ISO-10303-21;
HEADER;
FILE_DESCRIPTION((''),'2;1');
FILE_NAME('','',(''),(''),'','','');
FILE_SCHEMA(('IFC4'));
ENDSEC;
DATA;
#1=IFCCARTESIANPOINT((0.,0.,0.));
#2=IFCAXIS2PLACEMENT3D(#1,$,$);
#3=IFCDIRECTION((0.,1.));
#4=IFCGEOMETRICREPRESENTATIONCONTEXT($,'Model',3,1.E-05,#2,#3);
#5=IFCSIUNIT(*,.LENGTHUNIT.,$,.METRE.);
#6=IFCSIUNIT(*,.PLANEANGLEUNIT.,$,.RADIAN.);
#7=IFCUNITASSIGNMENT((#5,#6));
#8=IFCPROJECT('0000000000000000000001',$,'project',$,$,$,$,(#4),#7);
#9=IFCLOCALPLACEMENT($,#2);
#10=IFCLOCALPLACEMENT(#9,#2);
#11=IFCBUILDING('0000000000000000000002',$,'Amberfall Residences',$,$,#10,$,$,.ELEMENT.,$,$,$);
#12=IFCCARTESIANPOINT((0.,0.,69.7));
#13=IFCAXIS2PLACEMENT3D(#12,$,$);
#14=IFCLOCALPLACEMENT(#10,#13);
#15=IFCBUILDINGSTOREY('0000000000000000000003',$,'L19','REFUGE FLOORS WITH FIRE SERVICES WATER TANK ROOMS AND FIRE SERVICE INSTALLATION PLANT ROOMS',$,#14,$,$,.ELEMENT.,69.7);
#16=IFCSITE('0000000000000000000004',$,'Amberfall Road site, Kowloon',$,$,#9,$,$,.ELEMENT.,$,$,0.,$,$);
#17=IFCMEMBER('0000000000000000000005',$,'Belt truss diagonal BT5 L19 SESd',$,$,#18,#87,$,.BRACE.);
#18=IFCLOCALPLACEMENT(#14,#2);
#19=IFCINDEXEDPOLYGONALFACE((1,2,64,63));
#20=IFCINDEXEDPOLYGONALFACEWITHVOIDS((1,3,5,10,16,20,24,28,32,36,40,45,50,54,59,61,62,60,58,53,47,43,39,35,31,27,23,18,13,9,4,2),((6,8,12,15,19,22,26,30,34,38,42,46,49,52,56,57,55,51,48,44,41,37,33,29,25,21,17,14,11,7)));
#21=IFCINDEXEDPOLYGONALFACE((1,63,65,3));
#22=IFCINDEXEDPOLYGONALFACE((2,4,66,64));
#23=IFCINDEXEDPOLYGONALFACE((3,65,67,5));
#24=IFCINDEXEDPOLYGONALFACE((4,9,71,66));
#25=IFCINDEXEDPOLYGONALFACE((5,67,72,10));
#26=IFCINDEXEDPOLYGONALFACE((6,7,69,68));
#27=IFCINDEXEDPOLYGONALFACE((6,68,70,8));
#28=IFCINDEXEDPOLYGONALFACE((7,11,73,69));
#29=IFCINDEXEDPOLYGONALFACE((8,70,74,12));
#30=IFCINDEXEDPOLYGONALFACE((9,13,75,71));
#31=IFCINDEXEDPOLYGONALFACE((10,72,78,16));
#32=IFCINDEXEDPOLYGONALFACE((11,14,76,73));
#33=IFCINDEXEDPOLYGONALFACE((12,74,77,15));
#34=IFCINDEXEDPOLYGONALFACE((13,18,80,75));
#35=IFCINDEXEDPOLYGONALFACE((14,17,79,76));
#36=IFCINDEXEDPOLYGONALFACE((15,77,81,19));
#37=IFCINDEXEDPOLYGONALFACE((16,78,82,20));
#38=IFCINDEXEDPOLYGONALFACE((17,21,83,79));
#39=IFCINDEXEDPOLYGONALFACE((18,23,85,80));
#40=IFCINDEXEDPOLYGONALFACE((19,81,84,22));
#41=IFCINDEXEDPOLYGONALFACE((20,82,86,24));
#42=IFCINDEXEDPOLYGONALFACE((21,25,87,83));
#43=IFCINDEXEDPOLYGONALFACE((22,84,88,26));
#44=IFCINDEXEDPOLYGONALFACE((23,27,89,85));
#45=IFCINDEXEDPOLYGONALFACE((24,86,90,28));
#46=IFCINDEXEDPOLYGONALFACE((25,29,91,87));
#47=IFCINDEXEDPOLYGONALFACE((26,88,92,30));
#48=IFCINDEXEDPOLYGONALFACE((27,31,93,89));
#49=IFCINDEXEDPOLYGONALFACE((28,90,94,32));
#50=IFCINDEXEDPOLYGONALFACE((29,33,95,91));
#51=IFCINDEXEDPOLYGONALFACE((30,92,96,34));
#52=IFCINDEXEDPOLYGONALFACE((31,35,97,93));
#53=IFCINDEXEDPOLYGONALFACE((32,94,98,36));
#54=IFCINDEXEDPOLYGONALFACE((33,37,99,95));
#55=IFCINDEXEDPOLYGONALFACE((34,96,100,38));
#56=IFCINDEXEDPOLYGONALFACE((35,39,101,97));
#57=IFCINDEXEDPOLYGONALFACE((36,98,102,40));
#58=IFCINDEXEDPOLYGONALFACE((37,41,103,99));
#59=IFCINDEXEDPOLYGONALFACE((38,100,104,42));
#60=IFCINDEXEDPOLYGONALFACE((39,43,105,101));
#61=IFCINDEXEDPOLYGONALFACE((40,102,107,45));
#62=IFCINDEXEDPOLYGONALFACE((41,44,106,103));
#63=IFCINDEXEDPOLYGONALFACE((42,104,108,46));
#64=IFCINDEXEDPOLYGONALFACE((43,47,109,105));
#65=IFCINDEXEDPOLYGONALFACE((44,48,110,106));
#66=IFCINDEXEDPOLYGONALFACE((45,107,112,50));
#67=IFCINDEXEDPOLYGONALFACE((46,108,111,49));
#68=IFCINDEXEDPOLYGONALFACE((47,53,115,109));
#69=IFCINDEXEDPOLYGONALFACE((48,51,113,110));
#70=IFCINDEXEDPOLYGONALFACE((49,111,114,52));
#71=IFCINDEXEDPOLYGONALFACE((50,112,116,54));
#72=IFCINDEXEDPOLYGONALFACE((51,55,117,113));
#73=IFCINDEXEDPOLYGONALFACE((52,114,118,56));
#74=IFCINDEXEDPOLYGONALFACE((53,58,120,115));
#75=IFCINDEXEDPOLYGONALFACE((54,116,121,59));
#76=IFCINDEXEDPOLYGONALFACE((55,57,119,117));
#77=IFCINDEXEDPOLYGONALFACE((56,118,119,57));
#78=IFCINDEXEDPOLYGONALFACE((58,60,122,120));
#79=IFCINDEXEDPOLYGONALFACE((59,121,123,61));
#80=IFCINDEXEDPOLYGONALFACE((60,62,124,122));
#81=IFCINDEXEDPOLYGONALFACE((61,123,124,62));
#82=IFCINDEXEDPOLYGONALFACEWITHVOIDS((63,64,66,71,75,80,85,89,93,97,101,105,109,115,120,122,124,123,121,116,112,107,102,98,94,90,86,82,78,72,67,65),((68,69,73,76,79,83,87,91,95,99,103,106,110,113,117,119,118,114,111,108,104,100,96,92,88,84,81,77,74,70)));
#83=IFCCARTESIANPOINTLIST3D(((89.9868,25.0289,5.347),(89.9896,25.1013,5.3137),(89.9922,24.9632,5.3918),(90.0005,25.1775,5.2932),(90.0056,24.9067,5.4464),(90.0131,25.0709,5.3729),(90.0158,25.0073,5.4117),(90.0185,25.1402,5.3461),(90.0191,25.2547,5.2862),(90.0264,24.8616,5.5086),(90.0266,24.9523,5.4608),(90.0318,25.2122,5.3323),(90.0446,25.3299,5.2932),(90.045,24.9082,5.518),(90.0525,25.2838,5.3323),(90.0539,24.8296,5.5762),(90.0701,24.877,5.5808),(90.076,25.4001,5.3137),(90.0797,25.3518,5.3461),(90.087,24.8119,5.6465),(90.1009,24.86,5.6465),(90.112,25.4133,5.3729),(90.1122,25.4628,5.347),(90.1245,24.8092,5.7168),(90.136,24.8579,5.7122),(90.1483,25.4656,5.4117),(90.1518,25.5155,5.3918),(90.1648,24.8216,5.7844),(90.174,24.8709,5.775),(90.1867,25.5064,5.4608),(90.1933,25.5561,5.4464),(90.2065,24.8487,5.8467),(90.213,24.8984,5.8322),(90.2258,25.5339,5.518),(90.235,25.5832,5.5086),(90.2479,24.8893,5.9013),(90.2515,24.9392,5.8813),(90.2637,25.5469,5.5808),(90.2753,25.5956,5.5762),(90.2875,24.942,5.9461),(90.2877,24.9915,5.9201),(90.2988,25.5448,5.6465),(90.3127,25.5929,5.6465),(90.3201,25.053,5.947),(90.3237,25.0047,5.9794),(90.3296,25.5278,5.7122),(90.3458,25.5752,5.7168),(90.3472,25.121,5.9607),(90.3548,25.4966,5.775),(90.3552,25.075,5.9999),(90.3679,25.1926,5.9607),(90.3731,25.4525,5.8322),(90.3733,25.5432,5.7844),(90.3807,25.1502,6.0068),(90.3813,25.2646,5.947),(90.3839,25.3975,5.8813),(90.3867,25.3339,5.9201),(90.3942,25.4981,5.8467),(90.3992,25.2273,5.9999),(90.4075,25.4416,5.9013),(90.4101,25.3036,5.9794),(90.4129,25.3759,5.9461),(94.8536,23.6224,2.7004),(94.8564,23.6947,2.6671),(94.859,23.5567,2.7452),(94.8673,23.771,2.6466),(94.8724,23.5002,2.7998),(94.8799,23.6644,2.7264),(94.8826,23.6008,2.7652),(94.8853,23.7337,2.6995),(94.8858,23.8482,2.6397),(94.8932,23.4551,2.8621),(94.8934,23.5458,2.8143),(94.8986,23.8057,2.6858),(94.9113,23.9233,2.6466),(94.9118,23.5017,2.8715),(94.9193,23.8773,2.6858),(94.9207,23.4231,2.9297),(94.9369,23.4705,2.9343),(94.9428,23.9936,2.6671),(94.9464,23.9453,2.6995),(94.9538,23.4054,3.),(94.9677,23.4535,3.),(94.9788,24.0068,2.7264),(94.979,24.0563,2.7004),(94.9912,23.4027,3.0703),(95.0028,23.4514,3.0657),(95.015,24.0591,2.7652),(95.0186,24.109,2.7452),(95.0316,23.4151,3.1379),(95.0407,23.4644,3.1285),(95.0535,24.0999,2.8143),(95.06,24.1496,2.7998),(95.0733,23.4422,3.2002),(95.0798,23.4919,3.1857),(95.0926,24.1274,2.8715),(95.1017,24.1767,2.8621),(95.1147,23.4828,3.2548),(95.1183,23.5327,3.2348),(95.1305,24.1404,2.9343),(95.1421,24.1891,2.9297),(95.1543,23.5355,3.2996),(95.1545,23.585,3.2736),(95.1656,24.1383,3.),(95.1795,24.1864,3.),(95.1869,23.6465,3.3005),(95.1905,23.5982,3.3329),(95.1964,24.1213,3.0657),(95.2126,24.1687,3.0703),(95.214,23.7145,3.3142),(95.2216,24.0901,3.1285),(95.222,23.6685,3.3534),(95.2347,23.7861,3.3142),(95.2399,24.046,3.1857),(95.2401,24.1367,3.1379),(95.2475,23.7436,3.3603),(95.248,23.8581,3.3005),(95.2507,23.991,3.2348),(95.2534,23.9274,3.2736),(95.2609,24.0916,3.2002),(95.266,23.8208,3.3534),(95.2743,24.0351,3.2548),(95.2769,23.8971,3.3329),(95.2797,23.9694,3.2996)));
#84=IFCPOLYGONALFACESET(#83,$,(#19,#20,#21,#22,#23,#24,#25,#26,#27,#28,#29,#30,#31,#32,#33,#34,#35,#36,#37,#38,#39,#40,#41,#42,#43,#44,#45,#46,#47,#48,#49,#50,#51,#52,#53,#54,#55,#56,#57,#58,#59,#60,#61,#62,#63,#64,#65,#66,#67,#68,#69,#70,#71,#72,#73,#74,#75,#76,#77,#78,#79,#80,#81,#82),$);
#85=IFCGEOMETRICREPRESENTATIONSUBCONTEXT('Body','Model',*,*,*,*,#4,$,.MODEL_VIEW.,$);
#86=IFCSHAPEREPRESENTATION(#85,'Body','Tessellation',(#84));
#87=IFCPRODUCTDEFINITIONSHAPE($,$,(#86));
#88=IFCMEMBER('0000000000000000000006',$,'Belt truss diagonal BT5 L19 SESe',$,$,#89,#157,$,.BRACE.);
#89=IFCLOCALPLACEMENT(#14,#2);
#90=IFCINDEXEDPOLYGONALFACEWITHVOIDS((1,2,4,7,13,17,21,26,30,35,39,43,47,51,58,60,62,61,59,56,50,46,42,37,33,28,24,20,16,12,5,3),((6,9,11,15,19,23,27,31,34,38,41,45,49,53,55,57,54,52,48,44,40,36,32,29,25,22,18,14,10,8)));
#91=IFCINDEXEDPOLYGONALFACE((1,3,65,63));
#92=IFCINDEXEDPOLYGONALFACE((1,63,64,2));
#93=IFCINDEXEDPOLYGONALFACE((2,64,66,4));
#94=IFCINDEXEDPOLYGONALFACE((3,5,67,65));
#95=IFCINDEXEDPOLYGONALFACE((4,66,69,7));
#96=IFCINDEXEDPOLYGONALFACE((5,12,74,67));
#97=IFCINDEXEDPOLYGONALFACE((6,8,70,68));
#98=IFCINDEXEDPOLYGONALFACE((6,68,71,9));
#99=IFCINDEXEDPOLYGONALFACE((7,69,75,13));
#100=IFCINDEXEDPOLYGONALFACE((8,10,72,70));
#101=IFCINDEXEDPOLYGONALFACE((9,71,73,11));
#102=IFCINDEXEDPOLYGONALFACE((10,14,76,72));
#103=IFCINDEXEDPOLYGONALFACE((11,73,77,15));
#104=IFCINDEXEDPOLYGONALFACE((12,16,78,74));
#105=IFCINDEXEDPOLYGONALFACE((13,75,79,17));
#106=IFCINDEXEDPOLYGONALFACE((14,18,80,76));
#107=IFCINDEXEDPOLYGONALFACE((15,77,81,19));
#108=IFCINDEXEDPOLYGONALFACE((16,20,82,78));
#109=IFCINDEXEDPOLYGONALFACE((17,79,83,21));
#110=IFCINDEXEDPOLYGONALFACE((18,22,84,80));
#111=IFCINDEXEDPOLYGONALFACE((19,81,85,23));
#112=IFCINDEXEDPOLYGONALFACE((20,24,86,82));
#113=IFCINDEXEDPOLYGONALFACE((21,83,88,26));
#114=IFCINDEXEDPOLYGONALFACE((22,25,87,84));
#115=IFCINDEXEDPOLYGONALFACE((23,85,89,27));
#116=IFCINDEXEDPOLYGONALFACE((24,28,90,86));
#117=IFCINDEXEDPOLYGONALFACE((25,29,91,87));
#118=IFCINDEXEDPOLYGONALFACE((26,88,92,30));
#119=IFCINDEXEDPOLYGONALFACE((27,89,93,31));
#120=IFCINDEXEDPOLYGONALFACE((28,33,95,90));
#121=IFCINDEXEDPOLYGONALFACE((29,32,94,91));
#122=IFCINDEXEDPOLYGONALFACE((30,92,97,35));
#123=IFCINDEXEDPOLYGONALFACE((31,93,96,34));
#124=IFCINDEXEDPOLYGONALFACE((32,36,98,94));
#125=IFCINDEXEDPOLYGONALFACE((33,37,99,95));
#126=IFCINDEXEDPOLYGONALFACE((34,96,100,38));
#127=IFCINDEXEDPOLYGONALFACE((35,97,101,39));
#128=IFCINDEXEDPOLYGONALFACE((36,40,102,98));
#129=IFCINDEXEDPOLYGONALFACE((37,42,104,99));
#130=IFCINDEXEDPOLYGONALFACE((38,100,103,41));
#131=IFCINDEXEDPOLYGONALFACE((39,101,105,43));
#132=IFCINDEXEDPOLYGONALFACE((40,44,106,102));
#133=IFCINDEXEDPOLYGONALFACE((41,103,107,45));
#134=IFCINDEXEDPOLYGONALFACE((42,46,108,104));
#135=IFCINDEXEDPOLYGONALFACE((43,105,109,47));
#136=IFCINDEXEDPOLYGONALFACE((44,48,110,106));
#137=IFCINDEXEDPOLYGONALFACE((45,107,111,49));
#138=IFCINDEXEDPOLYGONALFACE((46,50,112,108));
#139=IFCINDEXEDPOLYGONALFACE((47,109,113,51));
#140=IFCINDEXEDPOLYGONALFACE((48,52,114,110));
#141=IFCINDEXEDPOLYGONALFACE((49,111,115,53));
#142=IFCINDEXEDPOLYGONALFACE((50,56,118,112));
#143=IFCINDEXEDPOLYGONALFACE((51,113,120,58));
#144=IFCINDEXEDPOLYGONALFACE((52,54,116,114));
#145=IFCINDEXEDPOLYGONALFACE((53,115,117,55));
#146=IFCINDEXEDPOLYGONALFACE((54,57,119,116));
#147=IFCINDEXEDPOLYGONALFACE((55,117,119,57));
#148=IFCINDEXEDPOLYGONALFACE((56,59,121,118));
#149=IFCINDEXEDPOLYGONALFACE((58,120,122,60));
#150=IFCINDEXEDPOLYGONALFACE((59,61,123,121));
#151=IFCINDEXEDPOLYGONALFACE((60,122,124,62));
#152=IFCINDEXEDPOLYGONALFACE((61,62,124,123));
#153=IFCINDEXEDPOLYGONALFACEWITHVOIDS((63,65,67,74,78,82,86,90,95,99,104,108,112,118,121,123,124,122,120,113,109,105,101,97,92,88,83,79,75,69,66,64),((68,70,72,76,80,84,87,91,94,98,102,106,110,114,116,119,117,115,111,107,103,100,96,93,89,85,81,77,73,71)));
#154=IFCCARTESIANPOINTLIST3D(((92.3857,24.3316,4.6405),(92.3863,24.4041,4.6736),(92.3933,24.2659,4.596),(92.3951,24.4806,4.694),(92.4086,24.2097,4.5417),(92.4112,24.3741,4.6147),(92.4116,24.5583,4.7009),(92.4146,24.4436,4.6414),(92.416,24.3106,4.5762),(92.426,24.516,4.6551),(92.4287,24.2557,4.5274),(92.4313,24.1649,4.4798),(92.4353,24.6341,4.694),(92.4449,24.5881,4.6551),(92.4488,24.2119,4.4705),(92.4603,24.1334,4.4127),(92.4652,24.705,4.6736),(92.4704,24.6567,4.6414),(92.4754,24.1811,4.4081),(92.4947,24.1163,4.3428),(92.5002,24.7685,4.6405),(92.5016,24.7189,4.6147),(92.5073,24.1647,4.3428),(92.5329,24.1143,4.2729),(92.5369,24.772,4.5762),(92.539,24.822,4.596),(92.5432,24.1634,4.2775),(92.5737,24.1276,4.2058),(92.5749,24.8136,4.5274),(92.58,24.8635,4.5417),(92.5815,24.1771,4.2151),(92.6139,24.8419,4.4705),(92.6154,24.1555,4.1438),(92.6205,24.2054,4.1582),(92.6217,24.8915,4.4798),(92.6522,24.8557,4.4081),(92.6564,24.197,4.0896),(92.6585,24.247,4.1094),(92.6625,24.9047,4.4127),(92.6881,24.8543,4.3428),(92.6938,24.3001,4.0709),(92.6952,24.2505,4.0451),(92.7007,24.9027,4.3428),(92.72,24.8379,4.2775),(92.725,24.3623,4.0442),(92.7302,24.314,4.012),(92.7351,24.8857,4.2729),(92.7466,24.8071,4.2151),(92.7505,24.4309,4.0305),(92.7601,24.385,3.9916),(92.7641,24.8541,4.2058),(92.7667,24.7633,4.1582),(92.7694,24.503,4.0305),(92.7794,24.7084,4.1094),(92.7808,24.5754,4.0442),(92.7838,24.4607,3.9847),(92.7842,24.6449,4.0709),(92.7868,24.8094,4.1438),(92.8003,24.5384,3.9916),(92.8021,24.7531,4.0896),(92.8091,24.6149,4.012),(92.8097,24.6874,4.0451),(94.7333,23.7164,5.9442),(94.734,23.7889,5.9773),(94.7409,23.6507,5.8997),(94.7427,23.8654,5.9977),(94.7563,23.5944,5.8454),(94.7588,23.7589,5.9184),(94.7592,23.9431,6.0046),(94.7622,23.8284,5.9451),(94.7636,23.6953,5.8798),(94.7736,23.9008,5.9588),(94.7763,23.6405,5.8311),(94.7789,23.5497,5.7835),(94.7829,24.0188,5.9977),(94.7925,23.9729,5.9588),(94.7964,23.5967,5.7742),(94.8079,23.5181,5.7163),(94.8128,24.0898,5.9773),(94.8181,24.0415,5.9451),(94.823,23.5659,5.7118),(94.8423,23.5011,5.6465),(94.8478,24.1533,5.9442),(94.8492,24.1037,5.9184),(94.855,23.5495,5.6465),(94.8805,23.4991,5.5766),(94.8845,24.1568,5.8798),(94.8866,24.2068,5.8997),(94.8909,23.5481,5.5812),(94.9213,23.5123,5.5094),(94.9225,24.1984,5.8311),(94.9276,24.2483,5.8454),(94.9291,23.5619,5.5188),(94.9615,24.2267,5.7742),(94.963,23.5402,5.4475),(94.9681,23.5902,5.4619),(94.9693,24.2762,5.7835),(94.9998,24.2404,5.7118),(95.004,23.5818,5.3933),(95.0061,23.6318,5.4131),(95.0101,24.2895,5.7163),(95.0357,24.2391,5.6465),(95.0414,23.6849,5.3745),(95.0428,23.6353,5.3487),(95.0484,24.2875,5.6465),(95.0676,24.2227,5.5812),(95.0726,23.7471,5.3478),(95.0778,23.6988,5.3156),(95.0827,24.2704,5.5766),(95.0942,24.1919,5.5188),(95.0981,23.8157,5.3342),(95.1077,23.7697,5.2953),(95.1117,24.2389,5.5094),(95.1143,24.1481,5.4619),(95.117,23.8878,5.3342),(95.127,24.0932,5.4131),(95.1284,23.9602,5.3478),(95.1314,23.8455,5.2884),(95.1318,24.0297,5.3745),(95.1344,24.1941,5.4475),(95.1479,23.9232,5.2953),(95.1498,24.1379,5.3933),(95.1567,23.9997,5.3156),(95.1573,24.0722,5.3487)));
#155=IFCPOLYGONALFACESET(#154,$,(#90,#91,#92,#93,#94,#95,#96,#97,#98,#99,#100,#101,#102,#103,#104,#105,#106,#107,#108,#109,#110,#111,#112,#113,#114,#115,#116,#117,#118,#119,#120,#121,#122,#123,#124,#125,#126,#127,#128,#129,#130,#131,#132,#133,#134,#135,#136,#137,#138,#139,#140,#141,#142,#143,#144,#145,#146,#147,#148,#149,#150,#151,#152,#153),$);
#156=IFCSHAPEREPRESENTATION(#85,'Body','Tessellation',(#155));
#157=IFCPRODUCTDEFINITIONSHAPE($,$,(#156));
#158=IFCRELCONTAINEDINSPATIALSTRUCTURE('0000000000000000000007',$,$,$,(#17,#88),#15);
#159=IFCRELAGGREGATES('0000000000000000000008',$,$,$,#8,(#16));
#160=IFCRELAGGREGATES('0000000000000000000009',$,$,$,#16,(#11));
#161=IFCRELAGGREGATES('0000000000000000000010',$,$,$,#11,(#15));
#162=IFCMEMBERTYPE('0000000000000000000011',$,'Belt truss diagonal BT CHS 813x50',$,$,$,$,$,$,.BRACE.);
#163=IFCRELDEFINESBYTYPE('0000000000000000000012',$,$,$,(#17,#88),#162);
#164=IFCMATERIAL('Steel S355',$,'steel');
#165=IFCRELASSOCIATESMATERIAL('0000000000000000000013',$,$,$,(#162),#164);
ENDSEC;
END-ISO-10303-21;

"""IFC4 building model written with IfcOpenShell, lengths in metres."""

from ifc_helpers import new_model, si_unit, direction, frame, origin, origin_2d, place, context, subcontext, project, spatial, hollow_circle, extrude, material, material_profile, profile_set, type_object, element, save


model = new_model("IFC4")

# Units and contexts
model_context = context("Model", 3, precision=1e-05, world=origin(), true_north=direction((0.0, 1.0)))
body_context = subcontext(model_context, "Body", "Model", "MODEL_VIEW")
ifc_project = project(units=[si_unit("LENGTHUNIT", "METRE"), si_unit("PLANEANGLEUNIT", "RADIAN")], contexts=[model_context])

# Site, building, storey
site_placement = place(None, origin())
site = spatial("IfcSite", under=ifc_project, at=site_placement, Name="Amberfall Road site, Kowloon", CompositionType="ELEMENT", RefElevation=0.0)
building_placement = place(site_placement, origin())
building = spatial("IfcBuilding", under=site, at=building_placement, Name="Amberfall Residences", CompositionType="ELEMENT")
storey_placement = place(building_placement, frame((0.0, 0.0, 69.7)))
storey = spatial("IfcBuildingStorey", under=building, at=storey_placement, Name="L19", Description="REFUGE FLOORS WITH FIRE SERVICES WATER TANK ROOMS AND FIRE SERVICE INSTALLATION PLANT ROOMS", CompositionType="ELEMENT", Elevation=69.7)

# Shared definitions
ifc_material_1 = material(Name="Steel S355", Category="steel")

# Members
ifc_material_profile_1 = material_profile(ifc_material_1, hollow_circle(Radius=0.4065, WallThickness=0.05, at=origin_2d()), Name="CHS 813x50")
ifc_profile_set_1 = profile_set([ifc_material_profile_1], Name="Steel S355")
member_type = type_object("IfcMemberType", Name="Belt truss diagonal BT CHS 813x50", PredefinedType="BRACE", material=ifc_profile_set_1)
member_1_placement = place(storey_placement, frame((95.0667, 23.7959, 3.0), z_axis=(-0.851492, 0.246084, 0.463037), x_axis=(-0.277641, -0.960685, 0.0)))
element("IfcMember", 1, at=member_1_placement, inside=storey, type_object=member_type, Name="Belt truss diagonal BT5 L19 SESd", PredefinedType="BRACE", context=body_context, shape_type="SweptSolid", body=[
    extrude(hollow_circle(Radius=0.4065, WallThickness=0.05, at=origin_2d()), origin(), (0.0, 0.0, 1.0), 5.7156),
])
member_2_placement = place(storey_placement, frame((94.9453, 23.8943, 5.6465), z_axis=(-0.852164, 0.223321, -0.473228), x_axis=(-0.253503, -0.967335, 0.0)))
element("IfcMember", 2, at=member_2_placement, inside=storey, type_object=member_type, Name="Belt truss diagonal BT5 L19 SESe", PredefinedType="BRACE", context=body_context, shape_type="SweptSolid", body=[
    extrude(hollow_circle(Radius=0.4065, WallThickness=0.05, at=origin_2d()), origin(), (0.0, 0.0, 1.0), 2.7549),
])

save(model, "model.ifc")
